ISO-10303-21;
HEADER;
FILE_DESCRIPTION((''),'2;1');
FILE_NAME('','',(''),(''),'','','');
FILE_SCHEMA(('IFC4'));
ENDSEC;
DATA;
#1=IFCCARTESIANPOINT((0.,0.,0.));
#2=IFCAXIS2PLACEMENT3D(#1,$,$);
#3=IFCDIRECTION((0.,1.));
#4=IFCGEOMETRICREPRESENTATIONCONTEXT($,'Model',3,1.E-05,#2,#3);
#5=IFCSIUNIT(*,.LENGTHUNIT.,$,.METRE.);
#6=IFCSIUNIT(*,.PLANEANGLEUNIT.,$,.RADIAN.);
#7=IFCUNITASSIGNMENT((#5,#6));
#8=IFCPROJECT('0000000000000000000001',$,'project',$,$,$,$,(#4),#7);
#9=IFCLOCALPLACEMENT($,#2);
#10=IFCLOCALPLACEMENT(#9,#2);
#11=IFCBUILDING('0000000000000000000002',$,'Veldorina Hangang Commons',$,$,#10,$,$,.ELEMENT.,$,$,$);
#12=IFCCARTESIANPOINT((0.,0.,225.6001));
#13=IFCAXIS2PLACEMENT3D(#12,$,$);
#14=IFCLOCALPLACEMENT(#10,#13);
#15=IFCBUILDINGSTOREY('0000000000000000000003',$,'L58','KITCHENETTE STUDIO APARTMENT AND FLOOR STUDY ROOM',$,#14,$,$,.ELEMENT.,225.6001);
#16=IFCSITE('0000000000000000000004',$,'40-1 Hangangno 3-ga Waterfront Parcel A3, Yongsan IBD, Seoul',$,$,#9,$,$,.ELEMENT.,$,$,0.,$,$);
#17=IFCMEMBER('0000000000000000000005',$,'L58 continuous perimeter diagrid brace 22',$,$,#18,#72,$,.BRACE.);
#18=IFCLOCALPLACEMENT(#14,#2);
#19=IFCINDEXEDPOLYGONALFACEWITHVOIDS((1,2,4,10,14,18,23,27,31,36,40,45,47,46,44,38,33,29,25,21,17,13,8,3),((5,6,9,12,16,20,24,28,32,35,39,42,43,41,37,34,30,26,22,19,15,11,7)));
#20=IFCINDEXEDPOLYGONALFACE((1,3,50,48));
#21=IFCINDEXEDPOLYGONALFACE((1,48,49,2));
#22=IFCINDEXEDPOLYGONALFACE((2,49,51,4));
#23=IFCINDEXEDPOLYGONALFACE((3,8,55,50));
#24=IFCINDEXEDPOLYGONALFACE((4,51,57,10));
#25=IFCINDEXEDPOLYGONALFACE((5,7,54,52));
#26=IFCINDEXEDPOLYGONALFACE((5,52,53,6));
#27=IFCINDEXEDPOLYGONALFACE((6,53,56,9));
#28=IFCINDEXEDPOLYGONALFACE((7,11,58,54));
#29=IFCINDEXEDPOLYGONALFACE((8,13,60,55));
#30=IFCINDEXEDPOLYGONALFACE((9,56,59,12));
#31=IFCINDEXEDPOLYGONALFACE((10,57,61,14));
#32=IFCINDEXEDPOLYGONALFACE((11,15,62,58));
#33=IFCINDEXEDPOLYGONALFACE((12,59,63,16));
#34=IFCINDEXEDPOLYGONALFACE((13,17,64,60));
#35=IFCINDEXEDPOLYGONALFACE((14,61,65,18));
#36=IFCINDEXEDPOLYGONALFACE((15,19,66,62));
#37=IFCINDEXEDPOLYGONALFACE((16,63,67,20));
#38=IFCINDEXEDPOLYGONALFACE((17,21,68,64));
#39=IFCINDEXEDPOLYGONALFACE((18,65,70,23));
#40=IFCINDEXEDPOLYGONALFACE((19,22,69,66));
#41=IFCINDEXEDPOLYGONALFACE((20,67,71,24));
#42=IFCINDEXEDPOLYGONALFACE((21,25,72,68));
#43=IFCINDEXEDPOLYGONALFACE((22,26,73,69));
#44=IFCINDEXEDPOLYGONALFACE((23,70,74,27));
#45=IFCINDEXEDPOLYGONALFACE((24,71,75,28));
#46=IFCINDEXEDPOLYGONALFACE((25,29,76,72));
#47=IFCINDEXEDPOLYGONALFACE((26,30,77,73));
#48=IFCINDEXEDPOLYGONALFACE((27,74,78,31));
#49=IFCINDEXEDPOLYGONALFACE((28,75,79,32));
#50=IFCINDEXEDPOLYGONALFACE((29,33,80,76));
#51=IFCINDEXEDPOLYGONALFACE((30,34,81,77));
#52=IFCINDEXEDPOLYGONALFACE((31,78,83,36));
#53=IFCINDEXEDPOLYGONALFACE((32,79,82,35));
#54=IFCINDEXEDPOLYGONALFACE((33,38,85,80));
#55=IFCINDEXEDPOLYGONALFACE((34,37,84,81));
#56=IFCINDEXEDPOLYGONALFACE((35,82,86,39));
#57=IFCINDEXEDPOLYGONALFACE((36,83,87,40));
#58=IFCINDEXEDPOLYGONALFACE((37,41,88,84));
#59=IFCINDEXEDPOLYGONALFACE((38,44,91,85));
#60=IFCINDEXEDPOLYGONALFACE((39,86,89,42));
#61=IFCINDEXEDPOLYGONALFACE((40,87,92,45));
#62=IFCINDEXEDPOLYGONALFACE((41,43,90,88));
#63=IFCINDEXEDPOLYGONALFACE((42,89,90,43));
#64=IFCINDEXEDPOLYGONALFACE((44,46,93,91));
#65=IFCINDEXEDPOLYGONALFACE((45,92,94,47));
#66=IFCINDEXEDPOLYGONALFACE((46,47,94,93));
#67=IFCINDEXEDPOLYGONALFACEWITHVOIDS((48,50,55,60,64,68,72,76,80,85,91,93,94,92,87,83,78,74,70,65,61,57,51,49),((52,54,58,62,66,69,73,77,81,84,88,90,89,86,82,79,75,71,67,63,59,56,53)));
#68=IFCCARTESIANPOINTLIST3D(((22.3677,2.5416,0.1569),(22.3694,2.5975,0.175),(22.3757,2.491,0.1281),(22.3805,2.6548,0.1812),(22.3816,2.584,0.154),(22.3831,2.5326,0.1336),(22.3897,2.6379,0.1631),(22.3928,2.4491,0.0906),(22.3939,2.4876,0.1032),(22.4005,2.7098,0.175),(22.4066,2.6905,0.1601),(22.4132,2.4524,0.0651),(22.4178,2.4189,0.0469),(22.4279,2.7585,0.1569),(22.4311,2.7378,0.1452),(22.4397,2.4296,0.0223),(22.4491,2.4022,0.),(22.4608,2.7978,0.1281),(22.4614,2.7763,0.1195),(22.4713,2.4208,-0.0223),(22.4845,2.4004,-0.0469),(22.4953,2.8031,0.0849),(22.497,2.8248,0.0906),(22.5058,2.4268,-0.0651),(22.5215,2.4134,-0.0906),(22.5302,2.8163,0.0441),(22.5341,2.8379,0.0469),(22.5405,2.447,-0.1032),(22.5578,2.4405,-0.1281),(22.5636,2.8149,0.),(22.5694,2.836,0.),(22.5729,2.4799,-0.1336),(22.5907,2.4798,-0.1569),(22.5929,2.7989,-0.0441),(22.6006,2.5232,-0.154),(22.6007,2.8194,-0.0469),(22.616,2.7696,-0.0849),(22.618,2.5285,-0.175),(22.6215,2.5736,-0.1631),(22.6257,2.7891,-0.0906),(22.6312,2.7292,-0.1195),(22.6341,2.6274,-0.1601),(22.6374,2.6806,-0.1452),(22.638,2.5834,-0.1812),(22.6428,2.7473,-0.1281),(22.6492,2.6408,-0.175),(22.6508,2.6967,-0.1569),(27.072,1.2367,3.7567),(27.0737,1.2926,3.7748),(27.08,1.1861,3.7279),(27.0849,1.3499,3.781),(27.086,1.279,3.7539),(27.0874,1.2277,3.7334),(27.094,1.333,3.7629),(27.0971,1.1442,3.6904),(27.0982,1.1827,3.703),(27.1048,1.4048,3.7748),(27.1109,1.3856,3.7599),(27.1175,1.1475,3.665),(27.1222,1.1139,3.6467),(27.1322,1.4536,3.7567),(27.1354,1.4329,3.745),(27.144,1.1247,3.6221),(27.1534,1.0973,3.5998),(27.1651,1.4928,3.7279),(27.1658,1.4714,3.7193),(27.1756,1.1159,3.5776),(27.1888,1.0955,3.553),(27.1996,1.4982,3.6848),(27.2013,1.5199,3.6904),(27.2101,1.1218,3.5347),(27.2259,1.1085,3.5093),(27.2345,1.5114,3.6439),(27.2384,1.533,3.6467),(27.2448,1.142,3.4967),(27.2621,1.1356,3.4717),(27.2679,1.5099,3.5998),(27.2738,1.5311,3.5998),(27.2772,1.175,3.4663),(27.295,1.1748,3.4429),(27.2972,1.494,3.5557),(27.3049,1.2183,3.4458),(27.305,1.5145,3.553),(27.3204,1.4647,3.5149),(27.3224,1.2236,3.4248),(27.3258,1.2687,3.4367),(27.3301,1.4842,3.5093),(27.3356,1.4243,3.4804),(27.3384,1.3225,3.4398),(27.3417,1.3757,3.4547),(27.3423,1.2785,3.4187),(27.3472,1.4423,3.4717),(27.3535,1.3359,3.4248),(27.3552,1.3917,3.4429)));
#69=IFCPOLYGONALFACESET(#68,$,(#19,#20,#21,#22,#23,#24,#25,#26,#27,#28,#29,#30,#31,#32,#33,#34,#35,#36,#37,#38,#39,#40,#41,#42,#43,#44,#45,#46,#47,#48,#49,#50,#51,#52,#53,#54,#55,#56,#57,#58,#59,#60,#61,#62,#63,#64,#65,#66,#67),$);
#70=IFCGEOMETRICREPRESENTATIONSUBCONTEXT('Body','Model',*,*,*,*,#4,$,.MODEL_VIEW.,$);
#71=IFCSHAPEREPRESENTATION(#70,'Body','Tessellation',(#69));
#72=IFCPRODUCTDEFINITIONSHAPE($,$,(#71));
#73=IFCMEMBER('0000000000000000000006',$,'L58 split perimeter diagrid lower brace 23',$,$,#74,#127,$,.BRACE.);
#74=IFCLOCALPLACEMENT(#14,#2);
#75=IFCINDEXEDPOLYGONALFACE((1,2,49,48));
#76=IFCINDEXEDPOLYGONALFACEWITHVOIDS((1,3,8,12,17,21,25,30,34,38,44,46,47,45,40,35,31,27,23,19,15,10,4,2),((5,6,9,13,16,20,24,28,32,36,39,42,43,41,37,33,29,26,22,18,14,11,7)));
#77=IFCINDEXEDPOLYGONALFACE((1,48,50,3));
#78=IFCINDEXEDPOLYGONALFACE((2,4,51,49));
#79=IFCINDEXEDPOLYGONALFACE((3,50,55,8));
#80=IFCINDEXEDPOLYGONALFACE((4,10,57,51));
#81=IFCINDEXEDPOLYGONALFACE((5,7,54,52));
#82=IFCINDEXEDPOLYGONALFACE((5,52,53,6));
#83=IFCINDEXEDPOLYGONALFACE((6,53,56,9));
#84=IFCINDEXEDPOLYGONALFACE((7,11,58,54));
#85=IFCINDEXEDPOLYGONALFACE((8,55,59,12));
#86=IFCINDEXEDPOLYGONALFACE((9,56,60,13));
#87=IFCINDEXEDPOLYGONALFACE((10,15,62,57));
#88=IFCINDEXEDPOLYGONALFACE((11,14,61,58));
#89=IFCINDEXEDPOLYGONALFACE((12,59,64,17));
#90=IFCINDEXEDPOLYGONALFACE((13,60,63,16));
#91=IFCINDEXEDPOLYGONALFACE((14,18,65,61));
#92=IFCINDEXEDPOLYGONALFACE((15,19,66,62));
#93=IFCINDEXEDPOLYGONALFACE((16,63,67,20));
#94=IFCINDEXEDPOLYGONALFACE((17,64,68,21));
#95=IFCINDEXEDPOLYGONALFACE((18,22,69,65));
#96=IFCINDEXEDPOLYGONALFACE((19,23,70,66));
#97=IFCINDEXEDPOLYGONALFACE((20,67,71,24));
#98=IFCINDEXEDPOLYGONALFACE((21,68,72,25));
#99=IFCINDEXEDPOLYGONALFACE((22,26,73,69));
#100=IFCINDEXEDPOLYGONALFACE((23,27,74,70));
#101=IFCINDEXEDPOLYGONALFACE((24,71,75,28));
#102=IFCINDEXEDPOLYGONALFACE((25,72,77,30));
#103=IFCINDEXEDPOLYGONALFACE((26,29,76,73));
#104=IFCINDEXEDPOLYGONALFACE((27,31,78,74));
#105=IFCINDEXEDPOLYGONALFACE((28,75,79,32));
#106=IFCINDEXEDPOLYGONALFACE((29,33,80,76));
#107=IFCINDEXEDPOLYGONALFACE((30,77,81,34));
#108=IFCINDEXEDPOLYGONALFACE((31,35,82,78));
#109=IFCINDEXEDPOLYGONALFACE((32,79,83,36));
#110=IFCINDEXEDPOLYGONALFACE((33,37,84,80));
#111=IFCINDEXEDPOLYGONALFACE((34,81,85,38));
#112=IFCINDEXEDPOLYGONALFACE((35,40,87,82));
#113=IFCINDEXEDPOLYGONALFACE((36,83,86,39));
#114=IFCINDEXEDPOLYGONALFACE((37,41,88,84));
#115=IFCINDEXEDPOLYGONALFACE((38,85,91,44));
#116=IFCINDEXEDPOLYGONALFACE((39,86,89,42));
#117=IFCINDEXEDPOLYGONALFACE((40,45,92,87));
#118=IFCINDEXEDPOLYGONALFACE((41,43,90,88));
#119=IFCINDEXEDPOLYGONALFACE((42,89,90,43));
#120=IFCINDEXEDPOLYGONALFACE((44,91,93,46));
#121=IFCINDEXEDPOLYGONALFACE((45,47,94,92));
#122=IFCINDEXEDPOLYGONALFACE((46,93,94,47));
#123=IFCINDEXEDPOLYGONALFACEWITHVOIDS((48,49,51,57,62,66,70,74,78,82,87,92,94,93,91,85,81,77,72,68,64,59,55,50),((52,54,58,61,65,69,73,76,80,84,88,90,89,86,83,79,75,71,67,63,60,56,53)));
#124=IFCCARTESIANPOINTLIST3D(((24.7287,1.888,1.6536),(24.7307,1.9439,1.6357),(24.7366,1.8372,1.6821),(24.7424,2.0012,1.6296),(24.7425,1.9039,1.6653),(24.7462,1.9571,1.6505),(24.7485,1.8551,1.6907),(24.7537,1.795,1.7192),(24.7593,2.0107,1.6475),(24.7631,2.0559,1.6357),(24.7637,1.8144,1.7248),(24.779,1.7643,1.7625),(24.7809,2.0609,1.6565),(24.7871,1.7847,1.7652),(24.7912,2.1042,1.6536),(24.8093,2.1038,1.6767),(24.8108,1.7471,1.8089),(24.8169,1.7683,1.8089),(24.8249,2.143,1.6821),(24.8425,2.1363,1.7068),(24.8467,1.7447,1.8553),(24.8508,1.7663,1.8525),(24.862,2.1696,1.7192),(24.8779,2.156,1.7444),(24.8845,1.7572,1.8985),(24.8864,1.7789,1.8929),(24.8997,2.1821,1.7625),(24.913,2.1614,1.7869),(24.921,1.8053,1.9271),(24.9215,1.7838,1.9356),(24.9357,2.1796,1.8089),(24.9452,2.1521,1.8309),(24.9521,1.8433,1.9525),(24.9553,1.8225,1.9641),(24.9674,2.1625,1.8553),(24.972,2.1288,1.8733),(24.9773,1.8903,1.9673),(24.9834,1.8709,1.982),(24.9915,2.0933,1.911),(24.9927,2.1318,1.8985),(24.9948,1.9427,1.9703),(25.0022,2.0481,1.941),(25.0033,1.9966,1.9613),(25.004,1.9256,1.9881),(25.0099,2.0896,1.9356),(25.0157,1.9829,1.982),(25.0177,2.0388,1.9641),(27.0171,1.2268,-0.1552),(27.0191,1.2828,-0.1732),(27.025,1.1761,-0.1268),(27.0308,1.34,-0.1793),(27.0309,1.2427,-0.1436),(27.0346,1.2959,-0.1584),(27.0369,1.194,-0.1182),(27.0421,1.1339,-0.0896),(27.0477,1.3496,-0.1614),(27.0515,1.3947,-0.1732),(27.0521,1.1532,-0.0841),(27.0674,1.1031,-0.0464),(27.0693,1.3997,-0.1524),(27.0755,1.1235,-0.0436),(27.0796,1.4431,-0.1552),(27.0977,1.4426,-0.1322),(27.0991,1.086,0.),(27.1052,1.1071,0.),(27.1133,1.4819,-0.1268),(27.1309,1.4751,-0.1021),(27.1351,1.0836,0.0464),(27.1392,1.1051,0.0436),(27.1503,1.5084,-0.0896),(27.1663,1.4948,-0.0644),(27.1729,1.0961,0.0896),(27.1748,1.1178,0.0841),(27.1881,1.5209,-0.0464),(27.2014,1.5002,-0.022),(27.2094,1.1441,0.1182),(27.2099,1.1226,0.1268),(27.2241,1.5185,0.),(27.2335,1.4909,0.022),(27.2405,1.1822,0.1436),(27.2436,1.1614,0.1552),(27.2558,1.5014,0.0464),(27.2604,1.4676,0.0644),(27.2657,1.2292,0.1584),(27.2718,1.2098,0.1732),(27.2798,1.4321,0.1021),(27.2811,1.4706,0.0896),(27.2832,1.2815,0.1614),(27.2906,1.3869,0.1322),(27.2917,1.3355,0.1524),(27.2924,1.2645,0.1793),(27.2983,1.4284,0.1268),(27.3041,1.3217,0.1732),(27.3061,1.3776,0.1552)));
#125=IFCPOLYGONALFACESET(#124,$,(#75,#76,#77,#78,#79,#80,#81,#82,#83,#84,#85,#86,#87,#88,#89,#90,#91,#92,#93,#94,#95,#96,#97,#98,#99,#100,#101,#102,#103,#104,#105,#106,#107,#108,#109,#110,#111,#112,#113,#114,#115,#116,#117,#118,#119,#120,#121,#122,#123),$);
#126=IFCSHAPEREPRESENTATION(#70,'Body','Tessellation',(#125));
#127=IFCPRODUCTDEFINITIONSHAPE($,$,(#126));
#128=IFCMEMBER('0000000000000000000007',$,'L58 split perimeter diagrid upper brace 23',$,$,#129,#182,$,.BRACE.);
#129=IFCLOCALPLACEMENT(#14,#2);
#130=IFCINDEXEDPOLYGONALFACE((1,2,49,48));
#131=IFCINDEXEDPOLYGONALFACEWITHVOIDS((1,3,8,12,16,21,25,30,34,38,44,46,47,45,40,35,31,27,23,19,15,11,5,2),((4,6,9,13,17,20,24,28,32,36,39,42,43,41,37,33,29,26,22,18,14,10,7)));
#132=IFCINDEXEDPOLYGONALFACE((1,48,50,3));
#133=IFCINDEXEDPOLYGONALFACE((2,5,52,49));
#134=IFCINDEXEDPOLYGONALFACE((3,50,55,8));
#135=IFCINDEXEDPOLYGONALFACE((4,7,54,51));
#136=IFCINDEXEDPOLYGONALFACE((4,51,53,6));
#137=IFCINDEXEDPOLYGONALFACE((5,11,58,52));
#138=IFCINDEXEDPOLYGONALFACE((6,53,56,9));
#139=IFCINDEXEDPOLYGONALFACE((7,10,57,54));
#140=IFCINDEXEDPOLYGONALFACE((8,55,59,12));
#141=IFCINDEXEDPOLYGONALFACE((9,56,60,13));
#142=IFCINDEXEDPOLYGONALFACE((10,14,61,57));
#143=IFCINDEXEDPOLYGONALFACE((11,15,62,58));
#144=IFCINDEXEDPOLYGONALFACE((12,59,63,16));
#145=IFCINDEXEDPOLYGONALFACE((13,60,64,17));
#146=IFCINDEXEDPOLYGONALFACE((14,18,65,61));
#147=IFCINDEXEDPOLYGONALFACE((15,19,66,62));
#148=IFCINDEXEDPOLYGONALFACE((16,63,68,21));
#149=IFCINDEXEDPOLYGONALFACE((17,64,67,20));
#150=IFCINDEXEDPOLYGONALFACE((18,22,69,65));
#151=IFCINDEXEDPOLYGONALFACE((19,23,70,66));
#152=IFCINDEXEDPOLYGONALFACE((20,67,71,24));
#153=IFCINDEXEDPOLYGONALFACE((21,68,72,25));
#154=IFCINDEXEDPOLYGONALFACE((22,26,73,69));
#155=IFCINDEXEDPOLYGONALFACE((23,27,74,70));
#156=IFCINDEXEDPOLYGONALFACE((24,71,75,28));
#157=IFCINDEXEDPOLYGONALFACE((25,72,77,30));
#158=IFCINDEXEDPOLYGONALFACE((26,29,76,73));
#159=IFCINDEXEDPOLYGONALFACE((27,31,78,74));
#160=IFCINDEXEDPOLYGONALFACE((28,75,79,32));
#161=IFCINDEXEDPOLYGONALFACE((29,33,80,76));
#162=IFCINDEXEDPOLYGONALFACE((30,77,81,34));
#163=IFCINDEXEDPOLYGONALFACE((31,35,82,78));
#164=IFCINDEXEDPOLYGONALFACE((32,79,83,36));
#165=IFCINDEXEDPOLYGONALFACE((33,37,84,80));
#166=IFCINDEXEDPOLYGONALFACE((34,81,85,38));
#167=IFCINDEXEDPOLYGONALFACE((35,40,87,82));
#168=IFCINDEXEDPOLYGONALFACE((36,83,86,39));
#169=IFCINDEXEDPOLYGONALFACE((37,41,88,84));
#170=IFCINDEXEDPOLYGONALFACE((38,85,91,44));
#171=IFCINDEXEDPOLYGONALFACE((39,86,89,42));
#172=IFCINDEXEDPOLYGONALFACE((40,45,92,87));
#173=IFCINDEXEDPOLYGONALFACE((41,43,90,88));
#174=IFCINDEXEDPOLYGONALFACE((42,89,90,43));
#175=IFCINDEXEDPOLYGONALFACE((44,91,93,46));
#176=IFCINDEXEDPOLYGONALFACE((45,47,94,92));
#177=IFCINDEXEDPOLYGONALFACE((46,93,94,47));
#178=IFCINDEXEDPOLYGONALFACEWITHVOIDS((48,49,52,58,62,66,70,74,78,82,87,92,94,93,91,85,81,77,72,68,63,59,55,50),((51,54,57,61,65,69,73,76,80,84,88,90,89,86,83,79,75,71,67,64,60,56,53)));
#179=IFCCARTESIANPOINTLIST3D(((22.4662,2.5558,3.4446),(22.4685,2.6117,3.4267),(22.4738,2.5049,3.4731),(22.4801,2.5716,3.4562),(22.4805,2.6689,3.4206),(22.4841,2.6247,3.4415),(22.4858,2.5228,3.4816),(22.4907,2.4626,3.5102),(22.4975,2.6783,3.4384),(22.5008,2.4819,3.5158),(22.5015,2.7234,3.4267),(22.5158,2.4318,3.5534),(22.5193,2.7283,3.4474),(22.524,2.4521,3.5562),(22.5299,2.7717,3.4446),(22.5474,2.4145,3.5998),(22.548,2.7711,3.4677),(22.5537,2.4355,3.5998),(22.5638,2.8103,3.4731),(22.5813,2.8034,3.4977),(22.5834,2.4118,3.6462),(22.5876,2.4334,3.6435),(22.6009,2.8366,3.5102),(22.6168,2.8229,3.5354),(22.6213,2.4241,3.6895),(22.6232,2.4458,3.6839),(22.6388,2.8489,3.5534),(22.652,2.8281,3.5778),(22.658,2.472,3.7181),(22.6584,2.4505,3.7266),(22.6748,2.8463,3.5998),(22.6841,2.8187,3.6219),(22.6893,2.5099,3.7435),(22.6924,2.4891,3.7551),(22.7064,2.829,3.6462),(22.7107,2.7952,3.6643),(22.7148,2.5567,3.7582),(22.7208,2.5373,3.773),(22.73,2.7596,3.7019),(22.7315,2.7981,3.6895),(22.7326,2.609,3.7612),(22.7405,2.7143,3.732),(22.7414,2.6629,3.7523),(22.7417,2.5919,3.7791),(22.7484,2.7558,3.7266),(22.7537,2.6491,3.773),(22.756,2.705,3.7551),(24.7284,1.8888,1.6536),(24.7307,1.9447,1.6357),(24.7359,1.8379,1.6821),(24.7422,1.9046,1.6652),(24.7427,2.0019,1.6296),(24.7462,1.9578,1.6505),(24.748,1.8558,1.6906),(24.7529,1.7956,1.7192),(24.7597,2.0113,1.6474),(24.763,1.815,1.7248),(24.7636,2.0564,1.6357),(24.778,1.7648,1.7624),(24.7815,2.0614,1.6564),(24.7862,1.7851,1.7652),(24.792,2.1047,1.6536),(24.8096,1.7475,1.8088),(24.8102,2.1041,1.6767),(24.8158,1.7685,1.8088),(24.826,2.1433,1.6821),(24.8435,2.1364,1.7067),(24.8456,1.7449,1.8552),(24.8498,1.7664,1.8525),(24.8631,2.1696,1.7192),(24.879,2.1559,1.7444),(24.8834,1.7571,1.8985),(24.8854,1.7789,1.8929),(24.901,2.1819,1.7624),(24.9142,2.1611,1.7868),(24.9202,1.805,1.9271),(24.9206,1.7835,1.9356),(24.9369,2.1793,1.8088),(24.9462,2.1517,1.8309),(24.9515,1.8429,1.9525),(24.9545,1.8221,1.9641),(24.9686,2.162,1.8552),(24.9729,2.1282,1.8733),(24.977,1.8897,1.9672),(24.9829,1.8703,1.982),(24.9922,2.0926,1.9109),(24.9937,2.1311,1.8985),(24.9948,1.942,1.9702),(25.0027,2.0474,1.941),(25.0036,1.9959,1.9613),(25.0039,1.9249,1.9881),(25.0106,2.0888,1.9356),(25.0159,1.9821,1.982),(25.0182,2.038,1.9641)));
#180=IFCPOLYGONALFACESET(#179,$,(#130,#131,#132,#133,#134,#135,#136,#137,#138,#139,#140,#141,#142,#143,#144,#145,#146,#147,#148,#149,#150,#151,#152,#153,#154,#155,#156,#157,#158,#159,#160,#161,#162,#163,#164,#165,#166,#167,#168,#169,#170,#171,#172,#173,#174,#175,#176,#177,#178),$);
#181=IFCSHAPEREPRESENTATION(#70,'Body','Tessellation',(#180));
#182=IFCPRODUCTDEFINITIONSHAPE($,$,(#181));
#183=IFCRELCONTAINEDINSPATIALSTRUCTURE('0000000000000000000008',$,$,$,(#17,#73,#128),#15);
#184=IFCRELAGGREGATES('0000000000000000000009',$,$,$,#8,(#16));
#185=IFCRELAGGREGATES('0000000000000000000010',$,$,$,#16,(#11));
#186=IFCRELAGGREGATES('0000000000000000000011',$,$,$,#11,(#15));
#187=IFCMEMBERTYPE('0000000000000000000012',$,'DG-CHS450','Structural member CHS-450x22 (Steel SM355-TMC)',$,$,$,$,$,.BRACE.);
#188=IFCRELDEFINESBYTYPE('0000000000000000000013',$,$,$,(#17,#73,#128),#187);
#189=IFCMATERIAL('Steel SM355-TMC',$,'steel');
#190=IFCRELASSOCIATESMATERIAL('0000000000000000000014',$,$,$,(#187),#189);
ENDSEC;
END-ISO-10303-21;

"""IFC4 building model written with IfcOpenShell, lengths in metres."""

from ifc_helpers import new_model, si_unit, direction, frame, origin, origin_2d, place, context, subcontext, project, spatial, hollow_circle, extrude, material, material_profile, profile_set, type_object, element, save


model = new_model("IFC4")

# Units and contexts
model_context = context("Model", 3, precision=1e-05, world=origin(), true_north=direction((0.0, 1.0)))
body_context = subcontext(model_context, "Body", "Model", "MODEL_VIEW")
ifc_project = project(units=[si_unit("LENGTHUNIT", "METRE"), si_unit("PLANEANGLEUNIT", "RADIAN")], contexts=[model_context])

# Site, building, storey
site_placement = place(None, origin())
site = spatial("IfcSite", under=ifc_project, at=site_placement, Name="40-1 Hangangno 3-ga Waterfront Parcel A3, Yongsan IBD, Seoul", CompositionType="ELEMENT", RefElevation=0.0)
building_placement = place(site_placement, origin())
building = spatial("IfcBuilding", under=site, at=building_placement, Name="Veldorina Hangang Commons", CompositionType="ELEMENT")
storey_placement = place(building_placement, frame((0.0, 0.0, 225.6001)))
storey = spatial("IfcBuildingStorey", under=building, at=storey_placement, Name="L58", Description="KITCHENETTE STUDIO APARTMENT AND FLOOR STUDY ROOM", CompositionType="ELEMENT", Elevation=225.6001)

# Shared definitions
ifc_material_1 = material(Name="Steel SM355-TMC", Category="steel")

# Members
ifc_material_profile_1 = material_profile(ifc_material_1, hollow_circle(Radius=0.2251, WallThickness=0.022, at=origin_2d()), Name="CHS-450x22")
ifc_profile_set_1 = profile_set([ifc_material_profile_1], Name="Steel SM355-TMC")
member_type_1 = type_object("IfcMemberType", Name="DG-CHS450", Description="Structural member CHS-450x22 (Steel SM355-TMC)", PredefinedType="BRACE", material=ifc_profile_set_1)
member_1_placement = place(storey_placement, frame((22.5093, 2.6191, 0.0), z_axis=(0.775566, -0.215133, 0.593477), x_axis=(0.267296, 0.963615, 0.0)))
element("IfcMember", 1, at=member_1_placement, inside=storey, type_object=member_type_1, Name="L58 continuous perimeter diagrid brace 22", PredefinedType="BRACE", context=body_context, shape_type="SweptSolid", body=[
    extrude(hollow_circle(Radius=0.2251, WallThickness=0.022, at=origin_2d()), origin(), (0.0, 0.0, 1.0), 6.0657),
])
member_2_placement = place(storey_placement, frame((27.1616, 1.3022, 0.0), z_axis=(-0.765099, 0.221049, 0.604782), x_axis=(-0.277563, -0.960708, 0.0)))
element("IfcMember", 2, at=member_2_placement, inside=storey, type_object=member_type_1, Name="L58 split perimeter diagrid lower brace 23", PredefinedType="BRACE", context=body_context, shape_type="SweptSolid", body=[
    extrude(hollow_circle(Radius=0.2251, WallThickness=0.022, at=origin_2d()), origin(), (0.0, 0.0, 1.0), 2.991),
])
member_3_placement = place(storey_placement, frame((24.8733, 1.9634, 1.8088), z_axis=(-0.763884, 0.225225, 0.604776), x_axis=(-0.282805, -0.959177, 0.0)))
element("IfcMember", 3, at=member_3_placement, inside=storey, type_object=member_type_1, Name="L58 split perimeter diagrid upper brace 23", PredefinedType="BRACE", context=body_context, shape_type="SweptSolid", body=[
    extrude(hollow_circle(Radius=0.2251, WallThickness=0.022, at=origin_2d()), origin(), (0.0, 0.0, 1.0), 2.9614),
])

save(model, "model.ifc")
